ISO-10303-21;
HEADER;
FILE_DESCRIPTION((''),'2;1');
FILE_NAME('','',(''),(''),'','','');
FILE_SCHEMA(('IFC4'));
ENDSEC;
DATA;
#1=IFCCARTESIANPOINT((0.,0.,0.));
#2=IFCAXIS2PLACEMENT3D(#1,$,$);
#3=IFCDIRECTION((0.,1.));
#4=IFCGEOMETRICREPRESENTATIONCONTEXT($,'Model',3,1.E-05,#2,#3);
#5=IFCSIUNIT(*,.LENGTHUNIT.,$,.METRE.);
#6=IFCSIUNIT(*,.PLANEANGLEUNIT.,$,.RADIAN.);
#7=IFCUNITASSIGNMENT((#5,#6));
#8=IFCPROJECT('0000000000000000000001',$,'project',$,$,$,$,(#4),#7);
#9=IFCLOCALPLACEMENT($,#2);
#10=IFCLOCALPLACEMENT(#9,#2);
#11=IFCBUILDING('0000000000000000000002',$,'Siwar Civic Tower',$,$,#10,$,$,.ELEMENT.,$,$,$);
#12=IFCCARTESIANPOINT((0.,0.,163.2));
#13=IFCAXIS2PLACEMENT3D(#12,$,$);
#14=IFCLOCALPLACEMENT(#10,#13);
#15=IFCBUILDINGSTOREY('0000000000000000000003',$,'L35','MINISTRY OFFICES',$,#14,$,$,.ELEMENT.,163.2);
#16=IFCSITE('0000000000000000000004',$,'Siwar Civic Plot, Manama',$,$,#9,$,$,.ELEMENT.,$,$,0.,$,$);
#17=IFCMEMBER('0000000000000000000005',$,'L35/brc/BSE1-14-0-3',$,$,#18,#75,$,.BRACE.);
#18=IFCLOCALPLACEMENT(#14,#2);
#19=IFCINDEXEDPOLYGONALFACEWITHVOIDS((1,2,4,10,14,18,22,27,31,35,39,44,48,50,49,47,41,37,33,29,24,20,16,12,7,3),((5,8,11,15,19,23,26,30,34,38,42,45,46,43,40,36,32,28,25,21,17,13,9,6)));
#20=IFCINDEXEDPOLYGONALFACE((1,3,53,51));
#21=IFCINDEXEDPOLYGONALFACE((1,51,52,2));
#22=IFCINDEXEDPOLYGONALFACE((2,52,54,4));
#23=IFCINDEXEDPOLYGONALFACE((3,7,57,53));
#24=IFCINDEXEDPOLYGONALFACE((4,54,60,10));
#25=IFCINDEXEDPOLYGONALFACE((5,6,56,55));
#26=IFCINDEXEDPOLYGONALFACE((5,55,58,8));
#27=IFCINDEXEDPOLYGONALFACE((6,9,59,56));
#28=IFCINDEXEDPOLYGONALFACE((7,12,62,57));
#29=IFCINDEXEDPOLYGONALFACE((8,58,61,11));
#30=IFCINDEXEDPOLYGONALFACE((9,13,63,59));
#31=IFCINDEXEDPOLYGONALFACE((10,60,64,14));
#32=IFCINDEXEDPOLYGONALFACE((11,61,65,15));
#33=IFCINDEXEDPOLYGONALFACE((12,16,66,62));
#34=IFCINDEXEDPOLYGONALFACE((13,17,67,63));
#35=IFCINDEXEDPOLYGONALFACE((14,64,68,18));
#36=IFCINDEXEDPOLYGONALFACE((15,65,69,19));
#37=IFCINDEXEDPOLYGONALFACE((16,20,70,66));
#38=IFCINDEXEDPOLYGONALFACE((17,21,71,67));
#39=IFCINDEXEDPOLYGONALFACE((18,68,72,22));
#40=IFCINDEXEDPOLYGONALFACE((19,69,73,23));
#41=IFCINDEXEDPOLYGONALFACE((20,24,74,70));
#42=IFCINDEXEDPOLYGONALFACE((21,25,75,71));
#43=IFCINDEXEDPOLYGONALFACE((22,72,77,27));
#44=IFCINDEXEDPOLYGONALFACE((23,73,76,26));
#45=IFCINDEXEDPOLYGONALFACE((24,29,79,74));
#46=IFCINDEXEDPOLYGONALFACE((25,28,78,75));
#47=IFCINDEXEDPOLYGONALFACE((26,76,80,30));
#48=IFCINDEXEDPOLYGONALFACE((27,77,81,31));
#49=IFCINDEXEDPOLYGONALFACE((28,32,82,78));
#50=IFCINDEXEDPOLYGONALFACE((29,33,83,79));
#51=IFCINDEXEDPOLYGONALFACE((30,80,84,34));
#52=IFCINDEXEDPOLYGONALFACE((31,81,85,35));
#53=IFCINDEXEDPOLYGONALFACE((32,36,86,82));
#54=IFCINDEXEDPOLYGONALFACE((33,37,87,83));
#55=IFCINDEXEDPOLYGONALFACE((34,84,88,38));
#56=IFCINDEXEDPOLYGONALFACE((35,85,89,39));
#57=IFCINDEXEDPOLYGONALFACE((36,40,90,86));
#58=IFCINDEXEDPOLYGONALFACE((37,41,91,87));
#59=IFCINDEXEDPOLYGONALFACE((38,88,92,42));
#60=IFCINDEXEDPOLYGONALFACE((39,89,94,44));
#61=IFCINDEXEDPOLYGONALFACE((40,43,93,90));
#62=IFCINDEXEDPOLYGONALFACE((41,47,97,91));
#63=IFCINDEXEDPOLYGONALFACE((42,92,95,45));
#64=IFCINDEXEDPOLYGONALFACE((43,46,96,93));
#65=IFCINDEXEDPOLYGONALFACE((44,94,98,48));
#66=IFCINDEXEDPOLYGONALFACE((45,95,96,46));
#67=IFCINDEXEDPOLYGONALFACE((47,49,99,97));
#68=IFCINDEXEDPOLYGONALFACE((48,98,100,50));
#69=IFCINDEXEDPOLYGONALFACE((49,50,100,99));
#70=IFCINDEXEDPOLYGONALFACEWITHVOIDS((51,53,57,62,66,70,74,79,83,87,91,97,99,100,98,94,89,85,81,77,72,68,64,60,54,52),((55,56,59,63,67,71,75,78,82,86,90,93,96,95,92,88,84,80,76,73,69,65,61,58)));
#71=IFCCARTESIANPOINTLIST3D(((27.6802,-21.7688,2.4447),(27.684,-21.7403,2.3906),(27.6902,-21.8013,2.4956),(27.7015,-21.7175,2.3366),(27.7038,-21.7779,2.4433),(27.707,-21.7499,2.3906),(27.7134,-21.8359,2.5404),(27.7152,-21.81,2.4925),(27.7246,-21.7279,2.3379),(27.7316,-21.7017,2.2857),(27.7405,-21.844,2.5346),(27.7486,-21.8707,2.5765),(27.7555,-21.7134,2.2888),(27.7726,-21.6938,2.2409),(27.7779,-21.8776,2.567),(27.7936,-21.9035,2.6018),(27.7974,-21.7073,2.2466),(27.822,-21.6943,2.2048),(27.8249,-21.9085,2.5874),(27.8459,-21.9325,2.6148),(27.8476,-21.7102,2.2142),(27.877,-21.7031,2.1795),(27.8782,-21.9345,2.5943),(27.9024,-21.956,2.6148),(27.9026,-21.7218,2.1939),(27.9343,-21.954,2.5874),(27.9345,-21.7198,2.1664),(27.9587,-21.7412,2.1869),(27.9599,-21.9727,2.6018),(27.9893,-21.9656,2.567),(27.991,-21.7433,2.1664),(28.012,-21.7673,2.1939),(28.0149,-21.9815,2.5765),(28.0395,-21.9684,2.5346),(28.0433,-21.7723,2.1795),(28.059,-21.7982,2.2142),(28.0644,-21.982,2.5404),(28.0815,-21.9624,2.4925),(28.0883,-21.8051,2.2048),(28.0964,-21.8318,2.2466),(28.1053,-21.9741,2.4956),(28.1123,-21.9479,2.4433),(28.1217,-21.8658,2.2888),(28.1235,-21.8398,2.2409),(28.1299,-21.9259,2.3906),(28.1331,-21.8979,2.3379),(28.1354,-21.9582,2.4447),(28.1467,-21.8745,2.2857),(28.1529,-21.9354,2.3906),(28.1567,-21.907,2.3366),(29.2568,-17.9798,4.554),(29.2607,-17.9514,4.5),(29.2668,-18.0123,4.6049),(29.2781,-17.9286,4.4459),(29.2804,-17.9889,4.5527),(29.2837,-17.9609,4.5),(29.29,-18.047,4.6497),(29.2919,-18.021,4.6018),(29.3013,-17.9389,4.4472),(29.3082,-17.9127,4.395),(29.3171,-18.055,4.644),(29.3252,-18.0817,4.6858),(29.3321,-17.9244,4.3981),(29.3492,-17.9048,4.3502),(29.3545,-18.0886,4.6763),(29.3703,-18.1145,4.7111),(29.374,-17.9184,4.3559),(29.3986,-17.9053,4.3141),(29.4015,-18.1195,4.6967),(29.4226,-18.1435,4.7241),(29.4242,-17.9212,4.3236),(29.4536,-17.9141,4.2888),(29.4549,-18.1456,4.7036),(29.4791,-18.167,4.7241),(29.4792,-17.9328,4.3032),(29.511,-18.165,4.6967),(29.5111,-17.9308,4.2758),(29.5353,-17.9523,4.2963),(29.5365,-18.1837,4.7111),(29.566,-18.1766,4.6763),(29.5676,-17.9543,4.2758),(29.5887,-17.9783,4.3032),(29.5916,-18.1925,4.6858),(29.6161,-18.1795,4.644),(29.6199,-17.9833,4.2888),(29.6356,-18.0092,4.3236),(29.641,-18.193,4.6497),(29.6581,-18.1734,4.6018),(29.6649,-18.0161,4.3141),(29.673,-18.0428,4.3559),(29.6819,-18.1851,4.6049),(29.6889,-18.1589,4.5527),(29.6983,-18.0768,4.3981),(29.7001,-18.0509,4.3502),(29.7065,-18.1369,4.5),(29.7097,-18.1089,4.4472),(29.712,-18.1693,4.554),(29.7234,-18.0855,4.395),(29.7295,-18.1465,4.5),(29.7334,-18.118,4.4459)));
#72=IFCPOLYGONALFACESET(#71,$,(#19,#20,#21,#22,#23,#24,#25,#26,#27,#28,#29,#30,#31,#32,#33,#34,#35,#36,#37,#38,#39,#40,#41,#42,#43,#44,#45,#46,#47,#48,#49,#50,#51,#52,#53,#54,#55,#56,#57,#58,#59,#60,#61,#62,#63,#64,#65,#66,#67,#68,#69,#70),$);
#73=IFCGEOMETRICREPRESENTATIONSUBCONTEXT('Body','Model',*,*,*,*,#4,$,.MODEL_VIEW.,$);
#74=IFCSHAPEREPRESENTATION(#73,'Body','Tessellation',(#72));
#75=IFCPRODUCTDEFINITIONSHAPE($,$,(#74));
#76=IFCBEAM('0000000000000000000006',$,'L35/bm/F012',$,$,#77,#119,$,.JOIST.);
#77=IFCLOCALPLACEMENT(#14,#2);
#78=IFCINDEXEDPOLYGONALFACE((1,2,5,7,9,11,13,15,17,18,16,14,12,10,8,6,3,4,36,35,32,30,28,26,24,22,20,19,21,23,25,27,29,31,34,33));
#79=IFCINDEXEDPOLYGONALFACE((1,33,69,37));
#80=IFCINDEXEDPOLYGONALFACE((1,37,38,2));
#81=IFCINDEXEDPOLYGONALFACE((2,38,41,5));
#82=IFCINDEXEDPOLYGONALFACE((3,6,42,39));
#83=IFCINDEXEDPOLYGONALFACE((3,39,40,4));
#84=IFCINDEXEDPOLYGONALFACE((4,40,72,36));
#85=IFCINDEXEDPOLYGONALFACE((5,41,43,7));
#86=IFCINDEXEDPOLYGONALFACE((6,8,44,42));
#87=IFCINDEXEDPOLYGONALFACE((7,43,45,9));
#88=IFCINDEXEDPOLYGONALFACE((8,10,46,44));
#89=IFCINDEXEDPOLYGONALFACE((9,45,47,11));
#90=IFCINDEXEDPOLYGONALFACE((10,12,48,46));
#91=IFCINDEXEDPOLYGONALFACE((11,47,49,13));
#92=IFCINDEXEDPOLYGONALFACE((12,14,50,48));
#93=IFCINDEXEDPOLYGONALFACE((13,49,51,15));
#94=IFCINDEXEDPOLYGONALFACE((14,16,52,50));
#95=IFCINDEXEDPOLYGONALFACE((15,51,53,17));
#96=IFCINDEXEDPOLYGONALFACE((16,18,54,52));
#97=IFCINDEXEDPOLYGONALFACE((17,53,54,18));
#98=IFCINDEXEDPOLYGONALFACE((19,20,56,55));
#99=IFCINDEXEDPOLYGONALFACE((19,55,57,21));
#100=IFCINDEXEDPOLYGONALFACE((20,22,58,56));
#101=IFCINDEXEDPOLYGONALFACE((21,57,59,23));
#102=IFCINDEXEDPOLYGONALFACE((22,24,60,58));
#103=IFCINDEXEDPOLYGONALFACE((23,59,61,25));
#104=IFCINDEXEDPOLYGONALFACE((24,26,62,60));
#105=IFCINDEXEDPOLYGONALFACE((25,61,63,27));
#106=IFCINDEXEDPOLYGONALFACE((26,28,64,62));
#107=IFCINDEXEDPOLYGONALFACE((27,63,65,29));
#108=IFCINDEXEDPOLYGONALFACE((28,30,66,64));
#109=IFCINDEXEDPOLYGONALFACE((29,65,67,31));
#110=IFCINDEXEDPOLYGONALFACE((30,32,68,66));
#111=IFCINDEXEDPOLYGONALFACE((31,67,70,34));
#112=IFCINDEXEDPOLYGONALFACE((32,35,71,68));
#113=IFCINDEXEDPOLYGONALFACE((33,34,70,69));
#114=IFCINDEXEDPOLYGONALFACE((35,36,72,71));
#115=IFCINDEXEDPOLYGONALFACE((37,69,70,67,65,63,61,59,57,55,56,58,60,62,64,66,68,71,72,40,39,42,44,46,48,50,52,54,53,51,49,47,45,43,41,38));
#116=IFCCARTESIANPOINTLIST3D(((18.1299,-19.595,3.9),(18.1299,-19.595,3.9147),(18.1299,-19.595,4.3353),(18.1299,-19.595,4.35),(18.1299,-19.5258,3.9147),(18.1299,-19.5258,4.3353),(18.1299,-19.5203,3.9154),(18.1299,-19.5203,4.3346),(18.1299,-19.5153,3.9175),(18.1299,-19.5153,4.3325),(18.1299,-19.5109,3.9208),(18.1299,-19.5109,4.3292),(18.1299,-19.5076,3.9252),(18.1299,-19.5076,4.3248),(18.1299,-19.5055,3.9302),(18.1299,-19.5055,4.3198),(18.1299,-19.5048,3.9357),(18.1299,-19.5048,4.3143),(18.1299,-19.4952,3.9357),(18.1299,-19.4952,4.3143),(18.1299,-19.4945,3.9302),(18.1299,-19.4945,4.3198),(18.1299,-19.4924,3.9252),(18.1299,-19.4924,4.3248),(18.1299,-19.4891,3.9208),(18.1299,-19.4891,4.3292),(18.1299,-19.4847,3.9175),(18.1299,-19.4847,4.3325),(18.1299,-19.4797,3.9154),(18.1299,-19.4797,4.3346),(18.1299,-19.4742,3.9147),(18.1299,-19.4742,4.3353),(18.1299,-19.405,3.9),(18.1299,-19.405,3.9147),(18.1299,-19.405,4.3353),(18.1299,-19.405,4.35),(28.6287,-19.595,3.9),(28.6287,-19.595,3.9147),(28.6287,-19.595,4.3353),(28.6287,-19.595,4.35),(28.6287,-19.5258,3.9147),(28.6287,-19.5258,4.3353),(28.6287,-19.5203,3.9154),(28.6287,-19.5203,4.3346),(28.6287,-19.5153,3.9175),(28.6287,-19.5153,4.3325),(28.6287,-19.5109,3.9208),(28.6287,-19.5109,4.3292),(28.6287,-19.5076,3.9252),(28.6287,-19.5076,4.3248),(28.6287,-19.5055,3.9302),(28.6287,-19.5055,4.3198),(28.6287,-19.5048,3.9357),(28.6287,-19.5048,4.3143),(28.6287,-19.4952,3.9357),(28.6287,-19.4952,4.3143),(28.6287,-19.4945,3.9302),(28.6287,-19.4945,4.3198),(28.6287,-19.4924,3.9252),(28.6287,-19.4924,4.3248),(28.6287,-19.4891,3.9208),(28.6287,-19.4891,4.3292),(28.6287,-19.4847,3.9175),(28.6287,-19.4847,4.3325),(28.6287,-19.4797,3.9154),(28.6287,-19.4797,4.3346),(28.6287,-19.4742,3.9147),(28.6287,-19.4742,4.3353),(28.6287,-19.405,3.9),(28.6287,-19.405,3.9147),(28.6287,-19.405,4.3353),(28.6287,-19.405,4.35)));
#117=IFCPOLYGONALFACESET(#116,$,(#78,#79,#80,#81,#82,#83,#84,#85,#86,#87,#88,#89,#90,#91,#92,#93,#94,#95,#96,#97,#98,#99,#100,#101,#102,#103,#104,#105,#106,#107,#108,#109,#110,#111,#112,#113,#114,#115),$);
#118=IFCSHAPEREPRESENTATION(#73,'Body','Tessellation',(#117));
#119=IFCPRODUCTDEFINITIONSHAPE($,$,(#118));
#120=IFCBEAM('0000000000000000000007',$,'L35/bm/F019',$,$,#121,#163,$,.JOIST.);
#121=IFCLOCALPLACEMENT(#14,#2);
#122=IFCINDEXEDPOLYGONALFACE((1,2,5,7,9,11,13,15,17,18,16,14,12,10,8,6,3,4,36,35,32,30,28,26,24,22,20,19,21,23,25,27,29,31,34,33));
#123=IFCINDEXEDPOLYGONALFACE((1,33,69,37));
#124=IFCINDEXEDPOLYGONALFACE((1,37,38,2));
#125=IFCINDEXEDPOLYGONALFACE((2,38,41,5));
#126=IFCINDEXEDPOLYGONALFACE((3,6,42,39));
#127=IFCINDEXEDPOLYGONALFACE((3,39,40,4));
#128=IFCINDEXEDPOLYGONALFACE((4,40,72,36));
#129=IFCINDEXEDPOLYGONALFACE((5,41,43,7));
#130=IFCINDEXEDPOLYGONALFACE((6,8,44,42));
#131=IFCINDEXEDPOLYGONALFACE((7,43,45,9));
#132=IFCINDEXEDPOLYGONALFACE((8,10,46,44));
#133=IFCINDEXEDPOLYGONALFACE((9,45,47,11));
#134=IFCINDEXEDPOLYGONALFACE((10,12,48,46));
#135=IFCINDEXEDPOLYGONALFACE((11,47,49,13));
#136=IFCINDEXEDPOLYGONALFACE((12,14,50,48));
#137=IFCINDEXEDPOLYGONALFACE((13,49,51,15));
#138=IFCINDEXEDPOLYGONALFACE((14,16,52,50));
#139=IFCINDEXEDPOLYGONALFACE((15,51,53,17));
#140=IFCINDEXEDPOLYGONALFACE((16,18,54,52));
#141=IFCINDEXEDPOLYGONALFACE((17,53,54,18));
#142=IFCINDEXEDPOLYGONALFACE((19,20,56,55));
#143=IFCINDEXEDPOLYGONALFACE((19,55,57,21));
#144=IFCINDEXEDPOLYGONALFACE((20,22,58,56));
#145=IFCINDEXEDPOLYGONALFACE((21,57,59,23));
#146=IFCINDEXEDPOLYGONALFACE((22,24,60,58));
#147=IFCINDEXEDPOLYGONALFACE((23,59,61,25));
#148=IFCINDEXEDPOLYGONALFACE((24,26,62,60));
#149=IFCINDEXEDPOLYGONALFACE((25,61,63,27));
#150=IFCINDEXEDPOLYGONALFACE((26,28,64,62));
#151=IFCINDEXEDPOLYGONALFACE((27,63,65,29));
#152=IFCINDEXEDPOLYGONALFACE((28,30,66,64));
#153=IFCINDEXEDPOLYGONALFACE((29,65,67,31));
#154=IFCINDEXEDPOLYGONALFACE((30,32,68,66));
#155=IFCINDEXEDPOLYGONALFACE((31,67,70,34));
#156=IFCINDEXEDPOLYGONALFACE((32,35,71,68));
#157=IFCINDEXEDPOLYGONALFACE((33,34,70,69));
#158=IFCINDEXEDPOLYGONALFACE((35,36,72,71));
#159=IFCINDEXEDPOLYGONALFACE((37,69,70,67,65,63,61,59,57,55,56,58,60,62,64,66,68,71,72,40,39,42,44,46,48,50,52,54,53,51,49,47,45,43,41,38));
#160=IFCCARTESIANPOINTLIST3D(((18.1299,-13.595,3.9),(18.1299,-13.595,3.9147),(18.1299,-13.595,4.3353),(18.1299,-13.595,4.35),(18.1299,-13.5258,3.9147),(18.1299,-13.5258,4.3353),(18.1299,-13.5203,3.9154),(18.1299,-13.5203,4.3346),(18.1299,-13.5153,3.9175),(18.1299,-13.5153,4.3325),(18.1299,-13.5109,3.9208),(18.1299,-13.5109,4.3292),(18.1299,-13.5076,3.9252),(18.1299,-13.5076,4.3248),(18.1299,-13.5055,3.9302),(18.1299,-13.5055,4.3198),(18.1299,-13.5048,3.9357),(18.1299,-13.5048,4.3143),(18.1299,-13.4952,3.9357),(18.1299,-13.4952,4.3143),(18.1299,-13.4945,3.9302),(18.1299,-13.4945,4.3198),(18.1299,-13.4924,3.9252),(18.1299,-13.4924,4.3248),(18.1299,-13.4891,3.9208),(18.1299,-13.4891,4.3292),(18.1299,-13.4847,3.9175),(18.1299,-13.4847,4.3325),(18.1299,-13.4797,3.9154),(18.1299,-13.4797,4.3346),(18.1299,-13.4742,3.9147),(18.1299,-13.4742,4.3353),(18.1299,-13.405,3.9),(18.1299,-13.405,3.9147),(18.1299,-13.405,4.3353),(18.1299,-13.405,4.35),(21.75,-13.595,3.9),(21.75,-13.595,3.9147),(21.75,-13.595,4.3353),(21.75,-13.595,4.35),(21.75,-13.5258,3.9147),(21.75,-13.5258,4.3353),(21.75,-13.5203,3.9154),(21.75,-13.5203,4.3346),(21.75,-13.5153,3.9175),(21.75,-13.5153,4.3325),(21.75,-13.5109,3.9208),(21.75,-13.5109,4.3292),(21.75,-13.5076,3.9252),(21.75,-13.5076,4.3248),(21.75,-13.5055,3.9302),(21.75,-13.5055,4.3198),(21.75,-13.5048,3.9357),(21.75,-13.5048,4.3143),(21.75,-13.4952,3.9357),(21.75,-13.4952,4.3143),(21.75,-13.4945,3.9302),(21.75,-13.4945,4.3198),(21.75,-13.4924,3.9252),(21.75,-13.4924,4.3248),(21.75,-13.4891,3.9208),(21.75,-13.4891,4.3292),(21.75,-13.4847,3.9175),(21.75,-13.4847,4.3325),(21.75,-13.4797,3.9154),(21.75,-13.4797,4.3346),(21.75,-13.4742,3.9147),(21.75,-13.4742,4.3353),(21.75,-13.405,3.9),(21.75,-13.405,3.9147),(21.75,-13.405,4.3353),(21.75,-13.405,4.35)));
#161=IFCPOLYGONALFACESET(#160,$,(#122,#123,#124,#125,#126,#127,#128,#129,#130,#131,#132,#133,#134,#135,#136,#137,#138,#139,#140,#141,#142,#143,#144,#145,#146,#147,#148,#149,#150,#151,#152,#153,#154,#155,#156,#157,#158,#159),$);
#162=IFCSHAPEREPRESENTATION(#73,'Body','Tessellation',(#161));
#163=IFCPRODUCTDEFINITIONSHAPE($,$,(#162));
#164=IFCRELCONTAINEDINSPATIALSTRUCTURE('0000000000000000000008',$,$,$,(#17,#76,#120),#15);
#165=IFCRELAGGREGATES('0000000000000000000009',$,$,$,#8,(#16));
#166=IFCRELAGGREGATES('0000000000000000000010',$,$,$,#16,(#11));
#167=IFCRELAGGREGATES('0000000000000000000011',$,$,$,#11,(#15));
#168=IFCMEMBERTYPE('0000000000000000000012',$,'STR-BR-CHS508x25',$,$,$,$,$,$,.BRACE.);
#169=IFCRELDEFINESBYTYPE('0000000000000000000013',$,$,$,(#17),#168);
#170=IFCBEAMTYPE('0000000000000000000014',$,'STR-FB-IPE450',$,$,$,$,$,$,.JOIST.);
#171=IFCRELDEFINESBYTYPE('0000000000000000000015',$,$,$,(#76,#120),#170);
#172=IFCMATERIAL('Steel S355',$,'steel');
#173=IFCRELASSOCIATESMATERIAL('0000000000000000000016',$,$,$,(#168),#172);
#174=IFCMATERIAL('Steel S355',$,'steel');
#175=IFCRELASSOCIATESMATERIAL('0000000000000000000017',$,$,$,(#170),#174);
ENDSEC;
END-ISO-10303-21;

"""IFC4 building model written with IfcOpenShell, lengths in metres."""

from ifc_helpers import new_model, si_unit, direction, frame, origin, origin_2d, place, context, subcontext, project, spatial, hollow_circle, i_section, extrude, material, material_profile, profile_set, type_object, element, save


model = new_model("IFC4")

# Units and contexts
model_context = context("Model", 3, precision=1e-05, world=origin(), true_north=direction((0.0, 1.0)))
body_context = subcontext(model_context, "Body", "Model", "MODEL_VIEW")
ifc_project = project(units=[si_unit("LENGTHUNIT", "METRE"), si_unit("PLANEANGLEUNIT", "RADIAN")], contexts=[model_context])

# Site, building, storey
site_placement = place(None, origin())
site = spatial("IfcSite", under=ifc_project, at=site_placement, Name="Siwar Civic Plot, Manama", CompositionType="ELEMENT", RefElevation=0.0)
building_placement = place(site_placement, origin())
building = spatial("IfcBuilding", under=site, at=building_placement, Name="Siwar Civic Tower", CompositionType="ELEMENT")
storey_placement = place(building_placement, frame((0.0, 0.0, 163.2)))
storey = spatial("IfcBuildingStorey", under=building, at=storey_placement, Name="L35", Description="MINISTRY OFFICES", CompositionType="ELEMENT", Elevation=163.2)

# Member
ifc_material_1 = material(Name="Steel S355", Category="steel")
ifc_material_profile_1 = material_profile(ifc_material_1, hollow_circle(Radius=0.2539, WallThickness=0.0249, at=origin_2d()), Name="CHS508x25")
ifc_profile_set_1 = profile_set([ifc_material_profile_1], Name="Steel S355")
member_type_1 = type_object("IfcMemberType", Name="STR-BR-CHS508x25", PredefinedType="BRACE", material=ifc_profile_set_1)
member_1_placement = place(storey_placement, frame((27.9185, -21.8379, 2.3906), z_axis=(0.341686, 0.821146, 0.457133), x_axis=(-0.92326, 0.384176, 0.0)))
element("IfcMember", 1, at=member_1_placement, inside=storey, type_object=member_type_1, Name="L35/brc/BSE1-14-0-3", PredefinedType="BRACE", context=body_context, shape_type="SweptSolid", body=[
    extrude(hollow_circle(Radius=0.2539, WallThickness=0.0249, at=origin_2d()), origin(), (0.0, 0.0, 1.0), 4.6143),
])

# Beams
ifc_material_2 = material(Name="Steel S355", Category="steel")
ifc_material_profile_2 = material_profile(ifc_material_2, i_section(OverallWidth=0.1899, OverallDepth=0.45, WebThickness=0.0095, FlangeThickness=0.0146, FilletRadius=0.021, at=origin_2d()), Name="IPE450")
ifc_profile_set_2 = profile_set([ifc_material_profile_2], Name="Steel S355")
beam_type_1 = type_object("IfcBeamType", Name="STR-FB-IPE450", PredefinedType="JOIST", material=ifc_profile_set_2)
beam_1_placement = place(storey_placement, frame((18.1299, -19.5, 4.125), z_axis=(1.0, 0.0, 0.0), x_axis=(0.0, 1.0, 0.0)))
element("IfcBeam", 2, at=beam_1_placement, inside=storey, type_object=beam_type_1, Name="L35/bm/F012", PredefinedType="JOIST", context=body_context, shape_type="SweptSolid", body=[
    extrude(i_section(OverallWidth=0.1899, OverallDepth=0.45, WebThickness=0.0095, FlangeThickness=0.0146, FilletRadius=0.021, at=origin_2d()), origin(), (0.0, 0.0, 1.0), 10.4988),
])
beam_2_placement = place(storey_placement, frame((18.1299, -13.5, 4.125), z_axis=(1.0, 0.0, 0.0), x_axis=(0.0, 1.0, 0.0)))
element("IfcBeam", 3, at=beam_2_placement, inside=storey, type_object=beam_type_1, Name="L35/bm/F019", PredefinedType="JOIST", context=body_context, shape_type="SweptSolid", body=[
    extrude(i_section(OverallWidth=0.1899, OverallDepth=0.45, WebThickness=0.0095, FlangeThickness=0.0146, FilletRadius=0.021, at=origin_2d()), origin(), (0.0, 0.0, 1.0), 3.6201),
])

save(model, "model.ifc")
